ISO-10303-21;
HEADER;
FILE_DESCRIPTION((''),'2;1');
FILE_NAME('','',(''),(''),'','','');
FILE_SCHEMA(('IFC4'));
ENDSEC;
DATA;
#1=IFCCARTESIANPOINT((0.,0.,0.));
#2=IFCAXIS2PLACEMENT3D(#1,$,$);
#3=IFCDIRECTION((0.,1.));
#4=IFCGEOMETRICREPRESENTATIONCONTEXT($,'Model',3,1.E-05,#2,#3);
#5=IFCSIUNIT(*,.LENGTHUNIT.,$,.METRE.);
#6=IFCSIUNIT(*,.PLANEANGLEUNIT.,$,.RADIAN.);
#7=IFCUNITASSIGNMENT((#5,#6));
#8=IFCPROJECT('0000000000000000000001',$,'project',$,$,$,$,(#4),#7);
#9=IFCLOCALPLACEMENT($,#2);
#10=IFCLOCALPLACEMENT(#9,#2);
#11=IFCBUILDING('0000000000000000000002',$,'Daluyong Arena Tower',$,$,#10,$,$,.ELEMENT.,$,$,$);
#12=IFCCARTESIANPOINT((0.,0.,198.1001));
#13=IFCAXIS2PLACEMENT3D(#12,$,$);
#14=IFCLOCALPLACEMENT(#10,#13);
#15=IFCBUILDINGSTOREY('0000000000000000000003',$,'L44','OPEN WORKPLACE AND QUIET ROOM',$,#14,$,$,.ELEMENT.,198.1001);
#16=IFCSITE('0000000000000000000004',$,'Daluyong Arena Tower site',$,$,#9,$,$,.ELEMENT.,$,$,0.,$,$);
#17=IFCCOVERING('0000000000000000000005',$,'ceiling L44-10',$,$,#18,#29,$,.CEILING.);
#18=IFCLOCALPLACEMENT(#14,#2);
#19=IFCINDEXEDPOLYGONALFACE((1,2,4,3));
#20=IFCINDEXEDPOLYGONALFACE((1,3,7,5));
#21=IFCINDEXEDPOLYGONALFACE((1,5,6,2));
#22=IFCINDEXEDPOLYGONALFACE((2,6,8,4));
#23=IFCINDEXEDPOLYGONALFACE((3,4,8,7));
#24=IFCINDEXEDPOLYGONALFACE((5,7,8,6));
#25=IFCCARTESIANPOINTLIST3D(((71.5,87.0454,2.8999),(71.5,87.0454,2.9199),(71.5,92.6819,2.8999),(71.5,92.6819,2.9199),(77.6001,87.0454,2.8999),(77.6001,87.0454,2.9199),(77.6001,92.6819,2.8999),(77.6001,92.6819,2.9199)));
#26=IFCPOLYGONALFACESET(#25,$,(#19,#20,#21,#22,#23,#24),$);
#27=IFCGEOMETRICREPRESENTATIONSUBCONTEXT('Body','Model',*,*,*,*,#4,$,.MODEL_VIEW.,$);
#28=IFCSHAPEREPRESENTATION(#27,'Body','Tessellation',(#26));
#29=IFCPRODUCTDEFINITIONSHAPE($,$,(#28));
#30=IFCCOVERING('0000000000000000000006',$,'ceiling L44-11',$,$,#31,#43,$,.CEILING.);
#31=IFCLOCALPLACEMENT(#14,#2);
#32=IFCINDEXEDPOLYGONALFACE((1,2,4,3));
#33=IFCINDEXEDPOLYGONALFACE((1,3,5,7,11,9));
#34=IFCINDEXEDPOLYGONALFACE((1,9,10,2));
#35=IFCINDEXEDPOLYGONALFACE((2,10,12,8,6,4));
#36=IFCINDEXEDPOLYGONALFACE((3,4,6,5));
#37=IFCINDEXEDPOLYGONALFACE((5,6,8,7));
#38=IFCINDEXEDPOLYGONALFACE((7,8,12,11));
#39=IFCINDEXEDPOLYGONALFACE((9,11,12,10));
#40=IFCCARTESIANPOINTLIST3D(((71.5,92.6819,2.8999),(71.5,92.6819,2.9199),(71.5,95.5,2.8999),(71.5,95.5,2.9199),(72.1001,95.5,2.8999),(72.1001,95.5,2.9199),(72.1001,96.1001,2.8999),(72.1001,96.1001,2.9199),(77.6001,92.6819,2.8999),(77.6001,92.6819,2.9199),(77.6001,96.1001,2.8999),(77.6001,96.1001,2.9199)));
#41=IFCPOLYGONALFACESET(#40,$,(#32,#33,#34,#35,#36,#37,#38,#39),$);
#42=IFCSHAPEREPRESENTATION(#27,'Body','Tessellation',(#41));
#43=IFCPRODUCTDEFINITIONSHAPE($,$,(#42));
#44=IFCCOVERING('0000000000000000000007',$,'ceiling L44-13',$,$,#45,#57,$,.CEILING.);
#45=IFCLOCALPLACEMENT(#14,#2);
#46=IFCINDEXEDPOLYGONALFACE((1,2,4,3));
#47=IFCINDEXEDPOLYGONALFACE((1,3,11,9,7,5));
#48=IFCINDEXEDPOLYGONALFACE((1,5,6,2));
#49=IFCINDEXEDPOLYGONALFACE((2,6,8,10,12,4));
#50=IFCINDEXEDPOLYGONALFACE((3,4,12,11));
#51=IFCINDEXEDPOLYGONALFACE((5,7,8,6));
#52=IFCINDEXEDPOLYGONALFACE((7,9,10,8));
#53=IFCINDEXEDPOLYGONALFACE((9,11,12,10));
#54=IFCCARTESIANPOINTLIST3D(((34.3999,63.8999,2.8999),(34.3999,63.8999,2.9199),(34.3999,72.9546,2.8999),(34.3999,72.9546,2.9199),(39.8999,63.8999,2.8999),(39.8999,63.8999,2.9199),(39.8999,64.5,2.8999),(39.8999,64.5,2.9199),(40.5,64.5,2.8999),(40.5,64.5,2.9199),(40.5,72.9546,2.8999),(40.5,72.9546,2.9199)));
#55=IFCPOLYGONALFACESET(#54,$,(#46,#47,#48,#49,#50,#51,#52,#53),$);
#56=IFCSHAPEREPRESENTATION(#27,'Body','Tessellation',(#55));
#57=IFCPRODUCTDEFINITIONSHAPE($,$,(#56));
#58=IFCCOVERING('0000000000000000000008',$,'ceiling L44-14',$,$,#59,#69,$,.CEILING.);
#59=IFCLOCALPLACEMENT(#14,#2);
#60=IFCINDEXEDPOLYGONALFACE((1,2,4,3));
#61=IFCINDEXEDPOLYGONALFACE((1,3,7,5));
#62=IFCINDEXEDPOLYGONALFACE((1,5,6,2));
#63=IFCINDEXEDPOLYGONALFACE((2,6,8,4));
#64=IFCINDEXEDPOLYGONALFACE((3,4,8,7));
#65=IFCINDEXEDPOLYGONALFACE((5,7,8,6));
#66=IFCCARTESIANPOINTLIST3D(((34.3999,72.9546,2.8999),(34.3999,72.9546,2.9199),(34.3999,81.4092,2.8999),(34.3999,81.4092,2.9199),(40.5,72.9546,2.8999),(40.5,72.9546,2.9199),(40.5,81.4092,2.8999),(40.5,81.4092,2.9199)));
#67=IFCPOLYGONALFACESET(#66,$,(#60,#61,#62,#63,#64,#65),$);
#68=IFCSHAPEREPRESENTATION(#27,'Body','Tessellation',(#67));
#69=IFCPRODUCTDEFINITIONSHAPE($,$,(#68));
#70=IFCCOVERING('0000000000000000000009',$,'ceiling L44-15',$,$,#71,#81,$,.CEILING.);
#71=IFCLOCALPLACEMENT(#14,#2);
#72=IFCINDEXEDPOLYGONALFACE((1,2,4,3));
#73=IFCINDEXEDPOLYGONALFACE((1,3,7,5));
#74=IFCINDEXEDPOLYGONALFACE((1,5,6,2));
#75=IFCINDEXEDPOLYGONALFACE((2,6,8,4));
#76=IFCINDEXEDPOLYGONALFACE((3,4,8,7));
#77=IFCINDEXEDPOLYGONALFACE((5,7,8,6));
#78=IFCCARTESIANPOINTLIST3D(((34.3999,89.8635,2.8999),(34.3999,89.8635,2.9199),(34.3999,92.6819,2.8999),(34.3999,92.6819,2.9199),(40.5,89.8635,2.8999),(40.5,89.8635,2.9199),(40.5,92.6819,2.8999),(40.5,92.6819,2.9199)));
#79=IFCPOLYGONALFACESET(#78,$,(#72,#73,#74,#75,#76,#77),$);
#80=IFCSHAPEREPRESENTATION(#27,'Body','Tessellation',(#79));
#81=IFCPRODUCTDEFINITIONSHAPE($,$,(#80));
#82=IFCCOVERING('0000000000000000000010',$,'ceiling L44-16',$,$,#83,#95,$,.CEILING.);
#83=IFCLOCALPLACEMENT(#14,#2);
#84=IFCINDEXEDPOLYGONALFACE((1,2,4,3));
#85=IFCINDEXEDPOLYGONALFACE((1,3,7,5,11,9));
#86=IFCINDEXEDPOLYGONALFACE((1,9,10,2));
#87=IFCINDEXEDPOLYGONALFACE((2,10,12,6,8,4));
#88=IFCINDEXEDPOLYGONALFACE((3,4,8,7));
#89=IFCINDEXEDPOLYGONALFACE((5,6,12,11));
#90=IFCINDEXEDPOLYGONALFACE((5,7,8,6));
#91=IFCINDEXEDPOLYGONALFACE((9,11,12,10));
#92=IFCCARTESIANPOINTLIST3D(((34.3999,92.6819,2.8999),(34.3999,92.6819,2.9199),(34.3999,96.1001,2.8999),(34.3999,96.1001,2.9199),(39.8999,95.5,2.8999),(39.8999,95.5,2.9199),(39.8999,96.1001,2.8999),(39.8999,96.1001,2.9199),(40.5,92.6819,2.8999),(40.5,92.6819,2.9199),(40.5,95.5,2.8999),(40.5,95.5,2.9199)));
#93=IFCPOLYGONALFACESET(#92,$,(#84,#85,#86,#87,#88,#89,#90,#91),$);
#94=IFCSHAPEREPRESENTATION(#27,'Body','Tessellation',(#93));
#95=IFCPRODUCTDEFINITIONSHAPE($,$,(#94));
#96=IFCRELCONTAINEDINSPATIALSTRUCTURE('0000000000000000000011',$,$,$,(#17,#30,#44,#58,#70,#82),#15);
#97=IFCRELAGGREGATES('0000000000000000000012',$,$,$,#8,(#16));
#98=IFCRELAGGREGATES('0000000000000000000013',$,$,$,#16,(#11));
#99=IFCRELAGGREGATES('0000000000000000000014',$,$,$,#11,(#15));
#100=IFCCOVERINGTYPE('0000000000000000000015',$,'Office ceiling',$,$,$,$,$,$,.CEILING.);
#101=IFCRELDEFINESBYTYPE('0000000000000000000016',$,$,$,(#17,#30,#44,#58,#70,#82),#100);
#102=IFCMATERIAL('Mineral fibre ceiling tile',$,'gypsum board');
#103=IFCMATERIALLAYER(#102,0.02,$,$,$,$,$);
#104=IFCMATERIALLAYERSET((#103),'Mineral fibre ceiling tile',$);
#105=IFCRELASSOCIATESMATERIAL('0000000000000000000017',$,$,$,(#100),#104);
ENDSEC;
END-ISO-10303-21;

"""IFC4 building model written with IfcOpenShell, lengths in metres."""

from ifc_helpers import new_model, si_unit, direction, frame, origin, place, context, subcontext, project, spatial, polyline, outline, extrude, material, layer, layer_set, type_object, element, save


model = new_model("IFC4")

# Units and contexts
model_context = context("Model", 3, precision=1e-05, world=origin(), true_north=direction((0.0, 1.0)))
body_context = subcontext(model_context, "Body", "Model", "MODEL_VIEW")
ifc_project = project(units=[si_unit("LENGTHUNIT", "METRE"), si_unit("PLANEANGLEUNIT", "RADIAN")], contexts=[model_context])

# Site, building, storey
site_placement = place(None, origin())
site = spatial("IfcSite", under=ifc_project, at=site_placement, Name="Daluyong Arena Tower site", CompositionType="ELEMENT", RefElevation=0.0)
building_placement = place(site_placement, origin())
building = spatial("IfcBuilding", under=site, at=building_placement, Name="Daluyong Arena Tower", CompositionType="ELEMENT")
storey_placement = place(building_placement, frame((0.0, 0.0, 198.1001)))
storey = spatial("IfcBuildingStorey", under=building, at=storey_placement, Name="L44", Description="OPEN WORKPLACE AND QUIET ROOM", CompositionType="ELEMENT", Elevation=198.1001)

# Coverings
ifc_material_1 = material(Name="Mineral fibre ceiling tile", Category="gypsum board")
ifc_layer_1 = layer(ifc_material_1, 0.02)
ifc_layer_set_1 = layer_set([ifc_layer_1], Name="Mineral fibre ceiling tile")
covering_type = type_object("IfcCoveringType", Name="Office ceiling", PredefinedType="CEILING", material=ifc_layer_set_1)
covering_1_placement = place(storey_placement, frame((0.0, 0.0, 2.8999)))
element("IfcCovering", 1, at=covering_1_placement, inside=storey, type_object=covering_type, Name="ceiling L44-10", PredefinedType="CEILING", context=body_context, shape_type="SweptSolid", body=[
    extrude(outline(polyline([(71.5, 87.0454), (77.6001, 87.0454), (77.6001, 92.6819), (71.5, 92.6819), (71.5, 87.0454)])), origin(), (0.0, 0.0, 1.0), 0.02),
])
covering_2_placement = place(storey_placement, frame((0.0, 0.0, 2.8999)))
element("IfcCovering", 2, at=covering_2_placement, inside=storey, type_object=covering_type, Name="ceiling L44-11", PredefinedType="CEILING", context=body_context, shape_type="SweptSolid", body=[
    extrude(outline(polyline([(71.5, 92.6819), (77.6001, 92.6819), (77.6001, 96.1001), (72.1001, 96.1001), (72.1001, 95.5), (71.5, 95.5), (71.5, 92.6819)])), origin(), (0.0, 0.0, 1.0), 0.02),
])
covering_3_placement = place(storey_placement, frame((0.0, 0.0, 2.8999)))
element("IfcCovering", 3, at=covering_3_placement, inside=storey, type_object=covering_type, Name="ceiling L44-13", PredefinedType="CEILING", context=body_context, shape_type="SweptSolid", body=[
    extrude(outline(polyline([(34.3999, 63.8999), (39.8999, 63.8999), (39.8999, 64.5), (40.5, 64.5), (40.5, 72.9546), (34.3999, 72.9546), (34.3999, 63.8999)])), origin(), (0.0, 0.0, 1.0), 0.02),
])
covering_4_placement = place(storey_placement, frame((0.0, 0.0, 2.8999)))
element("IfcCovering", 4, at=covering_4_placement, inside=storey, type_object=covering_type, Name="ceiling L44-14", PredefinedType="CEILING", context=body_context, shape_type="SweptSolid", body=[
    extrude(outline(polyline([(40.5, 81.4092), (34.3999, 81.4092), (34.3999, 72.9546), (40.5, 72.9546), (40.5, 81.4092)])), origin(), (0.0, 0.0, 1.0), 0.02),
])
covering_5_placement = place(storey_placement, frame((0.0, 0.0, 2.8999)))
element("IfcCovering", 5, at=covering_5_placement, inside=storey, type_object=covering_type, Name="ceiling L44-15", PredefinedType="CEILING", context=body_context, shape_type="SweptSolid", body=[
    extrude(outline(polyline([(40.5, 92.6819), (34.3999, 92.6819), (34.3999, 89.8635), (40.5, 89.8635), (40.5, 92.6819)])), origin(), (0.0, 0.0, 1.0), 0.02),
])
covering_6_placement = place(storey_placement, frame((0.0, 0.0, 2.8999)))
element("IfcCovering", 6, at=covering_6_placement, inside=storey, type_object=covering_type, Name="ceiling L44-16", PredefinedType="CEILING", context=body_context, shape_type="SweptSolid", body=[
    extrude(outline(polyline([(40.5, 92.6819), (40.5, 95.5), (39.8999, 95.5), (39.8999, 96.1001), (34.3999, 96.1001), (34.3999, 92.6819), (40.5, 92.6819)])), origin(), (0.0, 0.0, 1.0), 0.02),
])

save(model, "model.ifc")
